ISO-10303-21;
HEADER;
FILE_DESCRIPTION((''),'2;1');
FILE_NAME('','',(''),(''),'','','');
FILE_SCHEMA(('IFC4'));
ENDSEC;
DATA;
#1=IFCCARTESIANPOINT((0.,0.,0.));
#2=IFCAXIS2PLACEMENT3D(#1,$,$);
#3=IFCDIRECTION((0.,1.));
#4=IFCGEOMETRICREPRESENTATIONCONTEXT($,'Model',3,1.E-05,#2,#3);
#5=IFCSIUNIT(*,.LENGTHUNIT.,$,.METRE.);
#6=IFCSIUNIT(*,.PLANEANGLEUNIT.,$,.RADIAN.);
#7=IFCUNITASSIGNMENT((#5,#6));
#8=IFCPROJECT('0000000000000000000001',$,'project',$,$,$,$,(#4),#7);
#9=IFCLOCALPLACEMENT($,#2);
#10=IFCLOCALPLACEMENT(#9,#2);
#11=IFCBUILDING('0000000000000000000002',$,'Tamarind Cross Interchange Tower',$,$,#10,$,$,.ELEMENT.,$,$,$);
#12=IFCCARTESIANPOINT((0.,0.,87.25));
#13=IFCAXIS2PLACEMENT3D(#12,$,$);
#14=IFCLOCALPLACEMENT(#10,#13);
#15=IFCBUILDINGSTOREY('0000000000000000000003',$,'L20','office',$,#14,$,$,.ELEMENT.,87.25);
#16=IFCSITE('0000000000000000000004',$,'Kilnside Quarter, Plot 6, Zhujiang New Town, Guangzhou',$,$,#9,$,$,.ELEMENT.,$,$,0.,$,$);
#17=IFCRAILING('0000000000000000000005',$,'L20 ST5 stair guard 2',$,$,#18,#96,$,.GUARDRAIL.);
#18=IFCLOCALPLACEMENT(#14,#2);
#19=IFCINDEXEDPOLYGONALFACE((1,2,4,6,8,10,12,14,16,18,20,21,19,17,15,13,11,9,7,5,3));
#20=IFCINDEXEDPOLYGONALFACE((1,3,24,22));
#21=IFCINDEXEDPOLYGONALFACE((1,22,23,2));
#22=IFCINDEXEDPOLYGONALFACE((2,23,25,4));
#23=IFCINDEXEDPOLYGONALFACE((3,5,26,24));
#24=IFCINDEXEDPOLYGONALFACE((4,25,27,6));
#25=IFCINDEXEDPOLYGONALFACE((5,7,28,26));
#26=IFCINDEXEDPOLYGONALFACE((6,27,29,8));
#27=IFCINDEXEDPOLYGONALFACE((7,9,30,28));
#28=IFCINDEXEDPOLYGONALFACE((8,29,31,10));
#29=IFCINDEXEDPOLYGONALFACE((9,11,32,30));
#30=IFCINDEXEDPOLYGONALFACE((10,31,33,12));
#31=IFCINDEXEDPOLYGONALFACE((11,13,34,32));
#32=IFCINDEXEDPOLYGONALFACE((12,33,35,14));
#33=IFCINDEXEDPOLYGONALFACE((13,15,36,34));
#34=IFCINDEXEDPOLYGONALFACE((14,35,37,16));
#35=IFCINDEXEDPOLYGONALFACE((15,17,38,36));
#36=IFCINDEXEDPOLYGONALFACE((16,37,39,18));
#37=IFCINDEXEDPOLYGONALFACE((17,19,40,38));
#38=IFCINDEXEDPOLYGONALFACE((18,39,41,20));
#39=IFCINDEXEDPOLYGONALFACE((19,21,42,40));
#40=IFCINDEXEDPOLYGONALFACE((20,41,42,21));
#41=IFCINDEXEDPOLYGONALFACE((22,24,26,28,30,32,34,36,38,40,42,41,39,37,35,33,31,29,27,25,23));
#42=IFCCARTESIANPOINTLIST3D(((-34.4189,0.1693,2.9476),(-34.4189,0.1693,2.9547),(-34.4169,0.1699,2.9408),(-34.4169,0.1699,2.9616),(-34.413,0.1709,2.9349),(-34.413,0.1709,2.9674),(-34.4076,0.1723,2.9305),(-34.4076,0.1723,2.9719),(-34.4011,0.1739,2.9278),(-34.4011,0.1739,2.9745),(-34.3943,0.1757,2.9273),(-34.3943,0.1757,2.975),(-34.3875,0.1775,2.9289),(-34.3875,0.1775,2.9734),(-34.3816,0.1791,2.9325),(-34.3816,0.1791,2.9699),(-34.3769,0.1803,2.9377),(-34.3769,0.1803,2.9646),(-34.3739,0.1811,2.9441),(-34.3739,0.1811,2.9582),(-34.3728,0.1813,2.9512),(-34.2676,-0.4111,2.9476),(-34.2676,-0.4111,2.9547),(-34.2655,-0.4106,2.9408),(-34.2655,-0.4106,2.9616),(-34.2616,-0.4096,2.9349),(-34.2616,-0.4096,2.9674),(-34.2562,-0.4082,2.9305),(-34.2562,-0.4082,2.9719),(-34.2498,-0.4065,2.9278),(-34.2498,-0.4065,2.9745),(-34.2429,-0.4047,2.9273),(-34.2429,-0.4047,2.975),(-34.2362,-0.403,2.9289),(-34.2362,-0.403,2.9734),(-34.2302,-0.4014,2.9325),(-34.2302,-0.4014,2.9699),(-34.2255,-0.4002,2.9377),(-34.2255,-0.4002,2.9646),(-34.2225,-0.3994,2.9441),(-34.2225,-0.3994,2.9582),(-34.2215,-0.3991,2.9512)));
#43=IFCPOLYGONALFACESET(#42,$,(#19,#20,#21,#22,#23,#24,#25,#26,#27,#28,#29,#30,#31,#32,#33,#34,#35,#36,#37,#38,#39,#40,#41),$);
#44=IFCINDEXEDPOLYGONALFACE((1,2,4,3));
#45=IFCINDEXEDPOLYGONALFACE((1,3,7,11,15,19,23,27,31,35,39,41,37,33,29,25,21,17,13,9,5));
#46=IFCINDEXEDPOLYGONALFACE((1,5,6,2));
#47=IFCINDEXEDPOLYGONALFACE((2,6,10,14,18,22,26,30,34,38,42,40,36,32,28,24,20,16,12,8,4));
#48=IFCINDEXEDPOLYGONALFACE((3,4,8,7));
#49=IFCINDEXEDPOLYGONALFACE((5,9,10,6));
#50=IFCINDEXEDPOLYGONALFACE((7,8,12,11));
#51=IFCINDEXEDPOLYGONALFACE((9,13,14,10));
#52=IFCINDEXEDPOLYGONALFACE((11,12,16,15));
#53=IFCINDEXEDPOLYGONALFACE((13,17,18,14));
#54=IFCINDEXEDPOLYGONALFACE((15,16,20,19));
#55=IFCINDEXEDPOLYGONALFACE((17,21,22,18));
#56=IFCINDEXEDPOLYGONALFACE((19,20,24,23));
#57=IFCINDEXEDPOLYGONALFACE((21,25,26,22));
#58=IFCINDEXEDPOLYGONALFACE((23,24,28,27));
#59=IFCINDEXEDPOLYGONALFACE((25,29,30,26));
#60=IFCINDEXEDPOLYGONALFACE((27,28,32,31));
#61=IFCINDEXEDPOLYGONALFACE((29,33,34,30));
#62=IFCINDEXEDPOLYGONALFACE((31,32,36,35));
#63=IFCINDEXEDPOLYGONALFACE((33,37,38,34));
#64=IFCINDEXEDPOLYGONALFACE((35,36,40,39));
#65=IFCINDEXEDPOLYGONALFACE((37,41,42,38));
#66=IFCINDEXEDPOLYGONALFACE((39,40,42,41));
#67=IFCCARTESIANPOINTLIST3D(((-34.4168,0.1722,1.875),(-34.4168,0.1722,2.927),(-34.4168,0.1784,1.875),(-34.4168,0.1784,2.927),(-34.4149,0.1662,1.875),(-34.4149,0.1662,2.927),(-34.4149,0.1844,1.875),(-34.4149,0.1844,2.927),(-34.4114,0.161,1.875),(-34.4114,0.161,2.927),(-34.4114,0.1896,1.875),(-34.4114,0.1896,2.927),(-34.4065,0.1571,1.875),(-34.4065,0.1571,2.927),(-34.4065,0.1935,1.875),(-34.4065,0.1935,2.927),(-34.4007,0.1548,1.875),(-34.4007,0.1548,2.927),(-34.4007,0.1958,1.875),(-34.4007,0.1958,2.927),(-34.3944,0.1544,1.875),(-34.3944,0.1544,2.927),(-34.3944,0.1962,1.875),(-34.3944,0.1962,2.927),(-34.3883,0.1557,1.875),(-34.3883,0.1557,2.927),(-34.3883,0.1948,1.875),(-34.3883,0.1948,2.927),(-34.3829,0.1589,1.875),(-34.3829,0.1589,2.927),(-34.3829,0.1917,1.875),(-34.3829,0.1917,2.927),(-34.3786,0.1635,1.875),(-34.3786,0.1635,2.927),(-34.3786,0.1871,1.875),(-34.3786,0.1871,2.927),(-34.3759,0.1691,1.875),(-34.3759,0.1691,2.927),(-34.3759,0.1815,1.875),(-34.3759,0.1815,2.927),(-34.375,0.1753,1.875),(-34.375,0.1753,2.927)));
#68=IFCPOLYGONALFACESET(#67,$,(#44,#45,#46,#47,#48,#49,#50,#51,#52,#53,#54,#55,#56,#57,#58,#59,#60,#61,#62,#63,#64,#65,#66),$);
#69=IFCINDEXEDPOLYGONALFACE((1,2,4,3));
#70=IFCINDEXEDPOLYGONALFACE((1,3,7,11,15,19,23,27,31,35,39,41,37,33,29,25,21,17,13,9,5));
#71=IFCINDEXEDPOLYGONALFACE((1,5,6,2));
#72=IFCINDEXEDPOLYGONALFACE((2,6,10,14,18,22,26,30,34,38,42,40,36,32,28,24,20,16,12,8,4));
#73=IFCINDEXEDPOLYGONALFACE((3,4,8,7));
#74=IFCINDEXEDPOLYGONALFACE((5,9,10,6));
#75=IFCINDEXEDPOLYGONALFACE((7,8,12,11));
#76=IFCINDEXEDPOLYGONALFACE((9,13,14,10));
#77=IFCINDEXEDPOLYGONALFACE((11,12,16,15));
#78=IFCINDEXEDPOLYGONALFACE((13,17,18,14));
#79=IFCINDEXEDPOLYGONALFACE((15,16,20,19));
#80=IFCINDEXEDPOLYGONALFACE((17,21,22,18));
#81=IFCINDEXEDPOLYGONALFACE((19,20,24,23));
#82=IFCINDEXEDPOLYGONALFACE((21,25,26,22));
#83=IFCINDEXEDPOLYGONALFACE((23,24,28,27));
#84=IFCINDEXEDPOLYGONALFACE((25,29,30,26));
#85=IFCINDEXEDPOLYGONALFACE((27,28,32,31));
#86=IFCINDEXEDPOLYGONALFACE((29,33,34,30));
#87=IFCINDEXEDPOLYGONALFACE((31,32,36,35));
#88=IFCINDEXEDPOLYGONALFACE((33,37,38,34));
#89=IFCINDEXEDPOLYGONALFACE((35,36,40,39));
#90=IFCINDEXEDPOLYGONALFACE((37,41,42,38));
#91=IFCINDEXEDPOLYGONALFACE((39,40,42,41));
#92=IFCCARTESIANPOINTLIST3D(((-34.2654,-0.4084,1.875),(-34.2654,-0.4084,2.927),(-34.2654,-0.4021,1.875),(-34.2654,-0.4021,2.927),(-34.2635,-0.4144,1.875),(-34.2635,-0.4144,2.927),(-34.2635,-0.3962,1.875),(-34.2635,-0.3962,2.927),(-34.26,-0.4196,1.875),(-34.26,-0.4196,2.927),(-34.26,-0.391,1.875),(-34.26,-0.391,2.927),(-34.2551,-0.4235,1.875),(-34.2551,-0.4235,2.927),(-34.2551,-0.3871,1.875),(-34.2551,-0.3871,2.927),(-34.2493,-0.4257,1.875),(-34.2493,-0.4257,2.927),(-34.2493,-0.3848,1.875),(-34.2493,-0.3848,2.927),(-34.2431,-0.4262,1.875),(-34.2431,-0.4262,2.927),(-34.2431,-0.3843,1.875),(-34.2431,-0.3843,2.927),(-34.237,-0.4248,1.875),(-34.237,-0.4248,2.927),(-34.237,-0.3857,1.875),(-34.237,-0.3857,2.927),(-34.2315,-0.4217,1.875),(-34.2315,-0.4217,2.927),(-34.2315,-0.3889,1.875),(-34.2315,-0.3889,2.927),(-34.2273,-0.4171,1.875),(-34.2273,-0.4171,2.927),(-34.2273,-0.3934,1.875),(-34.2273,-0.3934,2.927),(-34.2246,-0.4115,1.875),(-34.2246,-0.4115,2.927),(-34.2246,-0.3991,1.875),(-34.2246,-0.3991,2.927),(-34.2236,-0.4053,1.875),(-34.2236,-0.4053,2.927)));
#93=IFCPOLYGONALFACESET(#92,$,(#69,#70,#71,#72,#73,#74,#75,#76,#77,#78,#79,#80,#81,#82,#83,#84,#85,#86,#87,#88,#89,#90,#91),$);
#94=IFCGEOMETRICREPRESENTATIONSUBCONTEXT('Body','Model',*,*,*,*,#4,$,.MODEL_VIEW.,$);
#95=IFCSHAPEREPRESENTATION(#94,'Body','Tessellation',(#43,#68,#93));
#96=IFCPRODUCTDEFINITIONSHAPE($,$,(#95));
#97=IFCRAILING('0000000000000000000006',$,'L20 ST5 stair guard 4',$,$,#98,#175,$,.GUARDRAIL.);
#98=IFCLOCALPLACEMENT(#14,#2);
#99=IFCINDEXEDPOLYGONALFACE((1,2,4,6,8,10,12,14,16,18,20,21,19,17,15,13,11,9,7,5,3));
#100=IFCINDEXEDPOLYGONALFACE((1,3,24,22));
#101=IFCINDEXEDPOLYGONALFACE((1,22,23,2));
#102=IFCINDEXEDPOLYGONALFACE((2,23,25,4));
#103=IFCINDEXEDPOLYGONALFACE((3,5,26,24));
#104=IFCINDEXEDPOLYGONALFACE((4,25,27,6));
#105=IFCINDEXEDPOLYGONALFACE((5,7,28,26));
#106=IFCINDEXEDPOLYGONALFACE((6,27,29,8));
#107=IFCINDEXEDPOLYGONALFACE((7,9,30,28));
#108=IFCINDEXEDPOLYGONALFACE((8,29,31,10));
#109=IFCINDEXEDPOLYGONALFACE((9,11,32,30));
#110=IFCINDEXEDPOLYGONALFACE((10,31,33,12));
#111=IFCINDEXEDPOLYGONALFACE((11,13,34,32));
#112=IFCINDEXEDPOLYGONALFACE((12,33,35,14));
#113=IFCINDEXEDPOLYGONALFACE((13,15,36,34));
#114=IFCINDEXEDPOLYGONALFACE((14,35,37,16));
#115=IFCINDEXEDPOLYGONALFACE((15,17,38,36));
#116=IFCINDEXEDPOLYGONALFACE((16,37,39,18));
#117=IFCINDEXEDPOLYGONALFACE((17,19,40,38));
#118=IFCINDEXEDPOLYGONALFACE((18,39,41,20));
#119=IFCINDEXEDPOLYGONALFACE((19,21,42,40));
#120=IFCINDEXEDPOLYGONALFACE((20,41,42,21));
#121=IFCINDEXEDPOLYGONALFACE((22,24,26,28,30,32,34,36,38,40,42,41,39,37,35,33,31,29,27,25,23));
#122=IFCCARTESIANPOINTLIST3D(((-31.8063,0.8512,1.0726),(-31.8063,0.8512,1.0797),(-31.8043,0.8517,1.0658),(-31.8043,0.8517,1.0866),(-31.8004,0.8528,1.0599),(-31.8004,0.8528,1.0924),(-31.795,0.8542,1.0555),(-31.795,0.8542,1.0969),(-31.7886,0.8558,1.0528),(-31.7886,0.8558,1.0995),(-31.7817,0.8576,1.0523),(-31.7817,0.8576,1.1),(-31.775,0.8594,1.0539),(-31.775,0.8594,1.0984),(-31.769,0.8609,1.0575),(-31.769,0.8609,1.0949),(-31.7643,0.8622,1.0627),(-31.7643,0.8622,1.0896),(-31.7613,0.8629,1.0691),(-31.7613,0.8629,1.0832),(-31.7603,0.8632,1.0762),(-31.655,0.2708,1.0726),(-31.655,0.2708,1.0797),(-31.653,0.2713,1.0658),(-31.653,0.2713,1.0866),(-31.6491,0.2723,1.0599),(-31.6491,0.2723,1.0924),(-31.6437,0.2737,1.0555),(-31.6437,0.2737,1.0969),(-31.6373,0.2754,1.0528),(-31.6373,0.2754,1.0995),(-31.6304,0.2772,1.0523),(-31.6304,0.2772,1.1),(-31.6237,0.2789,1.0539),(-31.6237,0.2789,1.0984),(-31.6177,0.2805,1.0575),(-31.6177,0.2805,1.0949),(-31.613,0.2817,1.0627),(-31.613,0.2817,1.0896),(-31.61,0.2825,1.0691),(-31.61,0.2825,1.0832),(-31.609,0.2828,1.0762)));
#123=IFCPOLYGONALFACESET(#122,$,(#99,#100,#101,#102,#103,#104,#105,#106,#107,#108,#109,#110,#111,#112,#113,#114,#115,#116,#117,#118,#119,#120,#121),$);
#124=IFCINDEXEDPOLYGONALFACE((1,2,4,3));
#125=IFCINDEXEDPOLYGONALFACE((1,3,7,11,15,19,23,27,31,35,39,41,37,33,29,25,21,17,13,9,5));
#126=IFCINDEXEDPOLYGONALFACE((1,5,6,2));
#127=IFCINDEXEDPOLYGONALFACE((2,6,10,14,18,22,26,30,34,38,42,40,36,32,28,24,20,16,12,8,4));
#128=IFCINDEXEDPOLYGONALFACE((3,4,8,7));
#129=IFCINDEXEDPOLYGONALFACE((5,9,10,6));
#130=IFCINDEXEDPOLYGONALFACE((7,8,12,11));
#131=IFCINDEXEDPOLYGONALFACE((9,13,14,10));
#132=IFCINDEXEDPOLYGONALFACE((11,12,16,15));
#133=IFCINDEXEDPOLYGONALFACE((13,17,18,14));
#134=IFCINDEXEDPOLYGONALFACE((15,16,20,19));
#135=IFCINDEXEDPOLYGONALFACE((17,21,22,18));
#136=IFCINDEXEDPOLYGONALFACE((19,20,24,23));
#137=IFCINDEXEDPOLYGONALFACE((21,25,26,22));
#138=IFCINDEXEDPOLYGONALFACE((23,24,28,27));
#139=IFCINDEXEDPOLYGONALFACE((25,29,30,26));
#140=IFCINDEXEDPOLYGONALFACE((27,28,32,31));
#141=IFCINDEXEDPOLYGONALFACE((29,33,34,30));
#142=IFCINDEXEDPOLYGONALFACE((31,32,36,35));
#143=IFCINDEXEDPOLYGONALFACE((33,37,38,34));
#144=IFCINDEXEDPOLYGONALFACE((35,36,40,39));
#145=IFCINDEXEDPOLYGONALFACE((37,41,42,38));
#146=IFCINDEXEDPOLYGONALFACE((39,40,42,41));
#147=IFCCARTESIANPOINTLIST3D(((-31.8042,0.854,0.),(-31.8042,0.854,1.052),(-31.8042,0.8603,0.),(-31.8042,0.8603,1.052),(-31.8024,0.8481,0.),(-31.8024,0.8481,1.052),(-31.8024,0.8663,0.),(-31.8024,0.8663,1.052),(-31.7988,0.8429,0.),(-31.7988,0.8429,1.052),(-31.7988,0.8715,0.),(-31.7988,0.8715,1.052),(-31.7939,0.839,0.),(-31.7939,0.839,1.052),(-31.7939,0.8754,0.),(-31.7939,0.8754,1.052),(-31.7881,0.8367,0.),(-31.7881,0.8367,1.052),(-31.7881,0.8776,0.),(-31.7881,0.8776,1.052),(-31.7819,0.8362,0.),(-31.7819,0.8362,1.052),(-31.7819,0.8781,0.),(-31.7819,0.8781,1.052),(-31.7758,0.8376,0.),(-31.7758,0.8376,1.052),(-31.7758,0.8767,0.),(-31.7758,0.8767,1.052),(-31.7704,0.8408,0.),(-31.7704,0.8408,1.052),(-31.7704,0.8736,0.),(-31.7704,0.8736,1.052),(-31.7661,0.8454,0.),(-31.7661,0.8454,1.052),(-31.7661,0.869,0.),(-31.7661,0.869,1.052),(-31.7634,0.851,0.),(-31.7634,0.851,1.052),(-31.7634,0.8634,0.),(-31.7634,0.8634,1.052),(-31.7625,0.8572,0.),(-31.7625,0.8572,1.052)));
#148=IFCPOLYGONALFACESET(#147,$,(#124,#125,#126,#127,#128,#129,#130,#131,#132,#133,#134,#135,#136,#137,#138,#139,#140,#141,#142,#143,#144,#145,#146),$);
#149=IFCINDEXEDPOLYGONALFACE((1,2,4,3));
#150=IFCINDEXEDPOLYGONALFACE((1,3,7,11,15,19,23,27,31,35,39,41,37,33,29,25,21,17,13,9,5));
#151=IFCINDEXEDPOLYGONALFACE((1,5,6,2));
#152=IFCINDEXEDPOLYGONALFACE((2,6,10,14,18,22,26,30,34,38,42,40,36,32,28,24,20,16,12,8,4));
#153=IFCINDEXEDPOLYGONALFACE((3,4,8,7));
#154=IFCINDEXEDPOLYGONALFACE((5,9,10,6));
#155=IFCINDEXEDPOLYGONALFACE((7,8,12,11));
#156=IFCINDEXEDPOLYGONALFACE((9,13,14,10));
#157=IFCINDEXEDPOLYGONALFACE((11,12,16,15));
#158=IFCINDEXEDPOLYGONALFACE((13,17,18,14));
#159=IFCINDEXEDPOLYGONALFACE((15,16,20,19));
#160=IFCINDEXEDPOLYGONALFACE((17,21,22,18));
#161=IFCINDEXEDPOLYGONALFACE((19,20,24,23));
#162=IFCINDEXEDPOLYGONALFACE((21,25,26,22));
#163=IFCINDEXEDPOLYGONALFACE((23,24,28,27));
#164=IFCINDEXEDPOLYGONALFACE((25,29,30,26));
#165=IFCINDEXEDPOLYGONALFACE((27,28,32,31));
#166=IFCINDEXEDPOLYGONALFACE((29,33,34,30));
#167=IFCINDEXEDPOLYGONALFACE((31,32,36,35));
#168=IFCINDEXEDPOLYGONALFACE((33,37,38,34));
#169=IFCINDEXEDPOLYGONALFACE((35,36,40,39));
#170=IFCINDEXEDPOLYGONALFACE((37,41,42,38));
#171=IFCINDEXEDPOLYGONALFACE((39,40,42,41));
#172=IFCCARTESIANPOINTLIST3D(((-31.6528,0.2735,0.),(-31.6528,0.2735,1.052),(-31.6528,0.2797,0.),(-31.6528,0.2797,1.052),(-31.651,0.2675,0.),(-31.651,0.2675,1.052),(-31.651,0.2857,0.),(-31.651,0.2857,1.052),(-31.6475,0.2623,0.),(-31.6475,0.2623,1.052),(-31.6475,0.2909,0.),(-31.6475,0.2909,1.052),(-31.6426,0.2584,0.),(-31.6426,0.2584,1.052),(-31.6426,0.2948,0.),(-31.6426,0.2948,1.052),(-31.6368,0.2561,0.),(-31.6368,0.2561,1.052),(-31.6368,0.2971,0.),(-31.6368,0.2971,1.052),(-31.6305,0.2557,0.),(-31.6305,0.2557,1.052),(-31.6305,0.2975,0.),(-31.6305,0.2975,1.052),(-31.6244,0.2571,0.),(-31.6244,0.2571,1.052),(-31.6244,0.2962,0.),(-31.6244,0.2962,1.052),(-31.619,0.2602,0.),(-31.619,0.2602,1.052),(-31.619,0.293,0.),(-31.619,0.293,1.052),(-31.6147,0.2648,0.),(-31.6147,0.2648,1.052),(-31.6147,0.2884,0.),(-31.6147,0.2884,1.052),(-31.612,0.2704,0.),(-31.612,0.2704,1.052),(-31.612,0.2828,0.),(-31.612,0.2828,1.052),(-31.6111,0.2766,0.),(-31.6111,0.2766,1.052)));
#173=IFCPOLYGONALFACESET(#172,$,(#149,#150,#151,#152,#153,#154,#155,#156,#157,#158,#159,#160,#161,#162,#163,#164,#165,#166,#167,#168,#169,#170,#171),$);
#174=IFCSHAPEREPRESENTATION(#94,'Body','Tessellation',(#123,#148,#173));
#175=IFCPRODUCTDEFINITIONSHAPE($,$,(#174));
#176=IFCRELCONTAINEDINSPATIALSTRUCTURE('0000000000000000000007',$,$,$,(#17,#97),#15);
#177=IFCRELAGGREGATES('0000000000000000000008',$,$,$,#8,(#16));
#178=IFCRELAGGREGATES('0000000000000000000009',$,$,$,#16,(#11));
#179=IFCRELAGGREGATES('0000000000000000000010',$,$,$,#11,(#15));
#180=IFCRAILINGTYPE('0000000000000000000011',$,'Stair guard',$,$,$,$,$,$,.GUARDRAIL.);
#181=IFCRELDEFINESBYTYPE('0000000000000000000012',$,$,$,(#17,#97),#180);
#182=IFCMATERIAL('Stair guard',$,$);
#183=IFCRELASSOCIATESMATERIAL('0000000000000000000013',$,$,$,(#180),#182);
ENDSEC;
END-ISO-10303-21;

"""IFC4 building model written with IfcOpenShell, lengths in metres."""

from ifc_helpers import new_model, si_unit, direction, frame, origin, origin_2d, place, context, subcontext, project, spatial, circle, extrude, material, type_object, element, save


model = new_model("IFC4")

# Units and contexts
model_context = context("Model", 3, precision=1e-05, world=origin(), true_north=direction((0.0, 1.0)))
body_context = subcontext(model_context, "Body", "Model", "MODEL_VIEW")
ifc_project = project(units=[si_unit("LENGTHUNIT", "METRE"), si_unit("PLANEANGLEUNIT", "RADIAN")], contexts=[model_context])

# Site, building, storey
site_placement = place(None, origin())
site = spatial("IfcSite", under=ifc_project, at=site_placement, Name="Kilnside Quarter, Plot 6, Zhujiang New Town, Guangzhou", CompositionType="ELEMENT", RefElevation=0.0)
building_placement = place(site_placement, origin())
building = spatial("IfcBuilding", under=site, at=building_placement, Name="Tamarind Cross Interchange Tower", CompositionType="ELEMENT")
storey_placement = place(building_placement, frame((0.0, 0.0, 87.25)))
storey = spatial("IfcBuildingStorey", under=building, at=storey_placement, Name="L20", Description="office", CompositionType="ELEMENT", Elevation=87.25)

# Railings
ifc_material_1 = material(Name="Stair guard")
railing_type_1 = type_object("IfcRailingType", Name="Stair guard", PredefinedType="GUARDRAIL", material=ifc_material_1)
for number, where, name in (
    (1, (-34.396, 0.1753, 1.875), "L20 ST5 stair guard 2"),
    (2, (-31.7834, 0.8572, 0.0), "L20 ST5 stair guard 4"),
):
    element("IfcRailing", number, at=place(storey_placement, frame(where)), inside=storey, type_object=railing_type_1, Name=name, PredefinedType="GUARDRAIL", context=body_context, shape_type="SweptSolid", body=[
        extrude(circle(Radius=0.0239, at=origin_2d()), frame((0.0, 0.0, 1.0762), z_axis=(0.252289, -0.967652, 0.0), x_axis=(0.967652, 0.252289, 0.0)), (0.0, 0.0, 1.0), 0.5999),
        extrude(circle(Radius=0.021, at=origin_2d()), origin(), (0.0, 0.0, 1.0), 1.052),
        extrude(circle(Radius=0.021, at=origin_2d()), frame((0.1514, -0.5806, 0.0)), (0.0, 0.0, 1.0), 1.052),
    ])

save(model, "model.ifc")
